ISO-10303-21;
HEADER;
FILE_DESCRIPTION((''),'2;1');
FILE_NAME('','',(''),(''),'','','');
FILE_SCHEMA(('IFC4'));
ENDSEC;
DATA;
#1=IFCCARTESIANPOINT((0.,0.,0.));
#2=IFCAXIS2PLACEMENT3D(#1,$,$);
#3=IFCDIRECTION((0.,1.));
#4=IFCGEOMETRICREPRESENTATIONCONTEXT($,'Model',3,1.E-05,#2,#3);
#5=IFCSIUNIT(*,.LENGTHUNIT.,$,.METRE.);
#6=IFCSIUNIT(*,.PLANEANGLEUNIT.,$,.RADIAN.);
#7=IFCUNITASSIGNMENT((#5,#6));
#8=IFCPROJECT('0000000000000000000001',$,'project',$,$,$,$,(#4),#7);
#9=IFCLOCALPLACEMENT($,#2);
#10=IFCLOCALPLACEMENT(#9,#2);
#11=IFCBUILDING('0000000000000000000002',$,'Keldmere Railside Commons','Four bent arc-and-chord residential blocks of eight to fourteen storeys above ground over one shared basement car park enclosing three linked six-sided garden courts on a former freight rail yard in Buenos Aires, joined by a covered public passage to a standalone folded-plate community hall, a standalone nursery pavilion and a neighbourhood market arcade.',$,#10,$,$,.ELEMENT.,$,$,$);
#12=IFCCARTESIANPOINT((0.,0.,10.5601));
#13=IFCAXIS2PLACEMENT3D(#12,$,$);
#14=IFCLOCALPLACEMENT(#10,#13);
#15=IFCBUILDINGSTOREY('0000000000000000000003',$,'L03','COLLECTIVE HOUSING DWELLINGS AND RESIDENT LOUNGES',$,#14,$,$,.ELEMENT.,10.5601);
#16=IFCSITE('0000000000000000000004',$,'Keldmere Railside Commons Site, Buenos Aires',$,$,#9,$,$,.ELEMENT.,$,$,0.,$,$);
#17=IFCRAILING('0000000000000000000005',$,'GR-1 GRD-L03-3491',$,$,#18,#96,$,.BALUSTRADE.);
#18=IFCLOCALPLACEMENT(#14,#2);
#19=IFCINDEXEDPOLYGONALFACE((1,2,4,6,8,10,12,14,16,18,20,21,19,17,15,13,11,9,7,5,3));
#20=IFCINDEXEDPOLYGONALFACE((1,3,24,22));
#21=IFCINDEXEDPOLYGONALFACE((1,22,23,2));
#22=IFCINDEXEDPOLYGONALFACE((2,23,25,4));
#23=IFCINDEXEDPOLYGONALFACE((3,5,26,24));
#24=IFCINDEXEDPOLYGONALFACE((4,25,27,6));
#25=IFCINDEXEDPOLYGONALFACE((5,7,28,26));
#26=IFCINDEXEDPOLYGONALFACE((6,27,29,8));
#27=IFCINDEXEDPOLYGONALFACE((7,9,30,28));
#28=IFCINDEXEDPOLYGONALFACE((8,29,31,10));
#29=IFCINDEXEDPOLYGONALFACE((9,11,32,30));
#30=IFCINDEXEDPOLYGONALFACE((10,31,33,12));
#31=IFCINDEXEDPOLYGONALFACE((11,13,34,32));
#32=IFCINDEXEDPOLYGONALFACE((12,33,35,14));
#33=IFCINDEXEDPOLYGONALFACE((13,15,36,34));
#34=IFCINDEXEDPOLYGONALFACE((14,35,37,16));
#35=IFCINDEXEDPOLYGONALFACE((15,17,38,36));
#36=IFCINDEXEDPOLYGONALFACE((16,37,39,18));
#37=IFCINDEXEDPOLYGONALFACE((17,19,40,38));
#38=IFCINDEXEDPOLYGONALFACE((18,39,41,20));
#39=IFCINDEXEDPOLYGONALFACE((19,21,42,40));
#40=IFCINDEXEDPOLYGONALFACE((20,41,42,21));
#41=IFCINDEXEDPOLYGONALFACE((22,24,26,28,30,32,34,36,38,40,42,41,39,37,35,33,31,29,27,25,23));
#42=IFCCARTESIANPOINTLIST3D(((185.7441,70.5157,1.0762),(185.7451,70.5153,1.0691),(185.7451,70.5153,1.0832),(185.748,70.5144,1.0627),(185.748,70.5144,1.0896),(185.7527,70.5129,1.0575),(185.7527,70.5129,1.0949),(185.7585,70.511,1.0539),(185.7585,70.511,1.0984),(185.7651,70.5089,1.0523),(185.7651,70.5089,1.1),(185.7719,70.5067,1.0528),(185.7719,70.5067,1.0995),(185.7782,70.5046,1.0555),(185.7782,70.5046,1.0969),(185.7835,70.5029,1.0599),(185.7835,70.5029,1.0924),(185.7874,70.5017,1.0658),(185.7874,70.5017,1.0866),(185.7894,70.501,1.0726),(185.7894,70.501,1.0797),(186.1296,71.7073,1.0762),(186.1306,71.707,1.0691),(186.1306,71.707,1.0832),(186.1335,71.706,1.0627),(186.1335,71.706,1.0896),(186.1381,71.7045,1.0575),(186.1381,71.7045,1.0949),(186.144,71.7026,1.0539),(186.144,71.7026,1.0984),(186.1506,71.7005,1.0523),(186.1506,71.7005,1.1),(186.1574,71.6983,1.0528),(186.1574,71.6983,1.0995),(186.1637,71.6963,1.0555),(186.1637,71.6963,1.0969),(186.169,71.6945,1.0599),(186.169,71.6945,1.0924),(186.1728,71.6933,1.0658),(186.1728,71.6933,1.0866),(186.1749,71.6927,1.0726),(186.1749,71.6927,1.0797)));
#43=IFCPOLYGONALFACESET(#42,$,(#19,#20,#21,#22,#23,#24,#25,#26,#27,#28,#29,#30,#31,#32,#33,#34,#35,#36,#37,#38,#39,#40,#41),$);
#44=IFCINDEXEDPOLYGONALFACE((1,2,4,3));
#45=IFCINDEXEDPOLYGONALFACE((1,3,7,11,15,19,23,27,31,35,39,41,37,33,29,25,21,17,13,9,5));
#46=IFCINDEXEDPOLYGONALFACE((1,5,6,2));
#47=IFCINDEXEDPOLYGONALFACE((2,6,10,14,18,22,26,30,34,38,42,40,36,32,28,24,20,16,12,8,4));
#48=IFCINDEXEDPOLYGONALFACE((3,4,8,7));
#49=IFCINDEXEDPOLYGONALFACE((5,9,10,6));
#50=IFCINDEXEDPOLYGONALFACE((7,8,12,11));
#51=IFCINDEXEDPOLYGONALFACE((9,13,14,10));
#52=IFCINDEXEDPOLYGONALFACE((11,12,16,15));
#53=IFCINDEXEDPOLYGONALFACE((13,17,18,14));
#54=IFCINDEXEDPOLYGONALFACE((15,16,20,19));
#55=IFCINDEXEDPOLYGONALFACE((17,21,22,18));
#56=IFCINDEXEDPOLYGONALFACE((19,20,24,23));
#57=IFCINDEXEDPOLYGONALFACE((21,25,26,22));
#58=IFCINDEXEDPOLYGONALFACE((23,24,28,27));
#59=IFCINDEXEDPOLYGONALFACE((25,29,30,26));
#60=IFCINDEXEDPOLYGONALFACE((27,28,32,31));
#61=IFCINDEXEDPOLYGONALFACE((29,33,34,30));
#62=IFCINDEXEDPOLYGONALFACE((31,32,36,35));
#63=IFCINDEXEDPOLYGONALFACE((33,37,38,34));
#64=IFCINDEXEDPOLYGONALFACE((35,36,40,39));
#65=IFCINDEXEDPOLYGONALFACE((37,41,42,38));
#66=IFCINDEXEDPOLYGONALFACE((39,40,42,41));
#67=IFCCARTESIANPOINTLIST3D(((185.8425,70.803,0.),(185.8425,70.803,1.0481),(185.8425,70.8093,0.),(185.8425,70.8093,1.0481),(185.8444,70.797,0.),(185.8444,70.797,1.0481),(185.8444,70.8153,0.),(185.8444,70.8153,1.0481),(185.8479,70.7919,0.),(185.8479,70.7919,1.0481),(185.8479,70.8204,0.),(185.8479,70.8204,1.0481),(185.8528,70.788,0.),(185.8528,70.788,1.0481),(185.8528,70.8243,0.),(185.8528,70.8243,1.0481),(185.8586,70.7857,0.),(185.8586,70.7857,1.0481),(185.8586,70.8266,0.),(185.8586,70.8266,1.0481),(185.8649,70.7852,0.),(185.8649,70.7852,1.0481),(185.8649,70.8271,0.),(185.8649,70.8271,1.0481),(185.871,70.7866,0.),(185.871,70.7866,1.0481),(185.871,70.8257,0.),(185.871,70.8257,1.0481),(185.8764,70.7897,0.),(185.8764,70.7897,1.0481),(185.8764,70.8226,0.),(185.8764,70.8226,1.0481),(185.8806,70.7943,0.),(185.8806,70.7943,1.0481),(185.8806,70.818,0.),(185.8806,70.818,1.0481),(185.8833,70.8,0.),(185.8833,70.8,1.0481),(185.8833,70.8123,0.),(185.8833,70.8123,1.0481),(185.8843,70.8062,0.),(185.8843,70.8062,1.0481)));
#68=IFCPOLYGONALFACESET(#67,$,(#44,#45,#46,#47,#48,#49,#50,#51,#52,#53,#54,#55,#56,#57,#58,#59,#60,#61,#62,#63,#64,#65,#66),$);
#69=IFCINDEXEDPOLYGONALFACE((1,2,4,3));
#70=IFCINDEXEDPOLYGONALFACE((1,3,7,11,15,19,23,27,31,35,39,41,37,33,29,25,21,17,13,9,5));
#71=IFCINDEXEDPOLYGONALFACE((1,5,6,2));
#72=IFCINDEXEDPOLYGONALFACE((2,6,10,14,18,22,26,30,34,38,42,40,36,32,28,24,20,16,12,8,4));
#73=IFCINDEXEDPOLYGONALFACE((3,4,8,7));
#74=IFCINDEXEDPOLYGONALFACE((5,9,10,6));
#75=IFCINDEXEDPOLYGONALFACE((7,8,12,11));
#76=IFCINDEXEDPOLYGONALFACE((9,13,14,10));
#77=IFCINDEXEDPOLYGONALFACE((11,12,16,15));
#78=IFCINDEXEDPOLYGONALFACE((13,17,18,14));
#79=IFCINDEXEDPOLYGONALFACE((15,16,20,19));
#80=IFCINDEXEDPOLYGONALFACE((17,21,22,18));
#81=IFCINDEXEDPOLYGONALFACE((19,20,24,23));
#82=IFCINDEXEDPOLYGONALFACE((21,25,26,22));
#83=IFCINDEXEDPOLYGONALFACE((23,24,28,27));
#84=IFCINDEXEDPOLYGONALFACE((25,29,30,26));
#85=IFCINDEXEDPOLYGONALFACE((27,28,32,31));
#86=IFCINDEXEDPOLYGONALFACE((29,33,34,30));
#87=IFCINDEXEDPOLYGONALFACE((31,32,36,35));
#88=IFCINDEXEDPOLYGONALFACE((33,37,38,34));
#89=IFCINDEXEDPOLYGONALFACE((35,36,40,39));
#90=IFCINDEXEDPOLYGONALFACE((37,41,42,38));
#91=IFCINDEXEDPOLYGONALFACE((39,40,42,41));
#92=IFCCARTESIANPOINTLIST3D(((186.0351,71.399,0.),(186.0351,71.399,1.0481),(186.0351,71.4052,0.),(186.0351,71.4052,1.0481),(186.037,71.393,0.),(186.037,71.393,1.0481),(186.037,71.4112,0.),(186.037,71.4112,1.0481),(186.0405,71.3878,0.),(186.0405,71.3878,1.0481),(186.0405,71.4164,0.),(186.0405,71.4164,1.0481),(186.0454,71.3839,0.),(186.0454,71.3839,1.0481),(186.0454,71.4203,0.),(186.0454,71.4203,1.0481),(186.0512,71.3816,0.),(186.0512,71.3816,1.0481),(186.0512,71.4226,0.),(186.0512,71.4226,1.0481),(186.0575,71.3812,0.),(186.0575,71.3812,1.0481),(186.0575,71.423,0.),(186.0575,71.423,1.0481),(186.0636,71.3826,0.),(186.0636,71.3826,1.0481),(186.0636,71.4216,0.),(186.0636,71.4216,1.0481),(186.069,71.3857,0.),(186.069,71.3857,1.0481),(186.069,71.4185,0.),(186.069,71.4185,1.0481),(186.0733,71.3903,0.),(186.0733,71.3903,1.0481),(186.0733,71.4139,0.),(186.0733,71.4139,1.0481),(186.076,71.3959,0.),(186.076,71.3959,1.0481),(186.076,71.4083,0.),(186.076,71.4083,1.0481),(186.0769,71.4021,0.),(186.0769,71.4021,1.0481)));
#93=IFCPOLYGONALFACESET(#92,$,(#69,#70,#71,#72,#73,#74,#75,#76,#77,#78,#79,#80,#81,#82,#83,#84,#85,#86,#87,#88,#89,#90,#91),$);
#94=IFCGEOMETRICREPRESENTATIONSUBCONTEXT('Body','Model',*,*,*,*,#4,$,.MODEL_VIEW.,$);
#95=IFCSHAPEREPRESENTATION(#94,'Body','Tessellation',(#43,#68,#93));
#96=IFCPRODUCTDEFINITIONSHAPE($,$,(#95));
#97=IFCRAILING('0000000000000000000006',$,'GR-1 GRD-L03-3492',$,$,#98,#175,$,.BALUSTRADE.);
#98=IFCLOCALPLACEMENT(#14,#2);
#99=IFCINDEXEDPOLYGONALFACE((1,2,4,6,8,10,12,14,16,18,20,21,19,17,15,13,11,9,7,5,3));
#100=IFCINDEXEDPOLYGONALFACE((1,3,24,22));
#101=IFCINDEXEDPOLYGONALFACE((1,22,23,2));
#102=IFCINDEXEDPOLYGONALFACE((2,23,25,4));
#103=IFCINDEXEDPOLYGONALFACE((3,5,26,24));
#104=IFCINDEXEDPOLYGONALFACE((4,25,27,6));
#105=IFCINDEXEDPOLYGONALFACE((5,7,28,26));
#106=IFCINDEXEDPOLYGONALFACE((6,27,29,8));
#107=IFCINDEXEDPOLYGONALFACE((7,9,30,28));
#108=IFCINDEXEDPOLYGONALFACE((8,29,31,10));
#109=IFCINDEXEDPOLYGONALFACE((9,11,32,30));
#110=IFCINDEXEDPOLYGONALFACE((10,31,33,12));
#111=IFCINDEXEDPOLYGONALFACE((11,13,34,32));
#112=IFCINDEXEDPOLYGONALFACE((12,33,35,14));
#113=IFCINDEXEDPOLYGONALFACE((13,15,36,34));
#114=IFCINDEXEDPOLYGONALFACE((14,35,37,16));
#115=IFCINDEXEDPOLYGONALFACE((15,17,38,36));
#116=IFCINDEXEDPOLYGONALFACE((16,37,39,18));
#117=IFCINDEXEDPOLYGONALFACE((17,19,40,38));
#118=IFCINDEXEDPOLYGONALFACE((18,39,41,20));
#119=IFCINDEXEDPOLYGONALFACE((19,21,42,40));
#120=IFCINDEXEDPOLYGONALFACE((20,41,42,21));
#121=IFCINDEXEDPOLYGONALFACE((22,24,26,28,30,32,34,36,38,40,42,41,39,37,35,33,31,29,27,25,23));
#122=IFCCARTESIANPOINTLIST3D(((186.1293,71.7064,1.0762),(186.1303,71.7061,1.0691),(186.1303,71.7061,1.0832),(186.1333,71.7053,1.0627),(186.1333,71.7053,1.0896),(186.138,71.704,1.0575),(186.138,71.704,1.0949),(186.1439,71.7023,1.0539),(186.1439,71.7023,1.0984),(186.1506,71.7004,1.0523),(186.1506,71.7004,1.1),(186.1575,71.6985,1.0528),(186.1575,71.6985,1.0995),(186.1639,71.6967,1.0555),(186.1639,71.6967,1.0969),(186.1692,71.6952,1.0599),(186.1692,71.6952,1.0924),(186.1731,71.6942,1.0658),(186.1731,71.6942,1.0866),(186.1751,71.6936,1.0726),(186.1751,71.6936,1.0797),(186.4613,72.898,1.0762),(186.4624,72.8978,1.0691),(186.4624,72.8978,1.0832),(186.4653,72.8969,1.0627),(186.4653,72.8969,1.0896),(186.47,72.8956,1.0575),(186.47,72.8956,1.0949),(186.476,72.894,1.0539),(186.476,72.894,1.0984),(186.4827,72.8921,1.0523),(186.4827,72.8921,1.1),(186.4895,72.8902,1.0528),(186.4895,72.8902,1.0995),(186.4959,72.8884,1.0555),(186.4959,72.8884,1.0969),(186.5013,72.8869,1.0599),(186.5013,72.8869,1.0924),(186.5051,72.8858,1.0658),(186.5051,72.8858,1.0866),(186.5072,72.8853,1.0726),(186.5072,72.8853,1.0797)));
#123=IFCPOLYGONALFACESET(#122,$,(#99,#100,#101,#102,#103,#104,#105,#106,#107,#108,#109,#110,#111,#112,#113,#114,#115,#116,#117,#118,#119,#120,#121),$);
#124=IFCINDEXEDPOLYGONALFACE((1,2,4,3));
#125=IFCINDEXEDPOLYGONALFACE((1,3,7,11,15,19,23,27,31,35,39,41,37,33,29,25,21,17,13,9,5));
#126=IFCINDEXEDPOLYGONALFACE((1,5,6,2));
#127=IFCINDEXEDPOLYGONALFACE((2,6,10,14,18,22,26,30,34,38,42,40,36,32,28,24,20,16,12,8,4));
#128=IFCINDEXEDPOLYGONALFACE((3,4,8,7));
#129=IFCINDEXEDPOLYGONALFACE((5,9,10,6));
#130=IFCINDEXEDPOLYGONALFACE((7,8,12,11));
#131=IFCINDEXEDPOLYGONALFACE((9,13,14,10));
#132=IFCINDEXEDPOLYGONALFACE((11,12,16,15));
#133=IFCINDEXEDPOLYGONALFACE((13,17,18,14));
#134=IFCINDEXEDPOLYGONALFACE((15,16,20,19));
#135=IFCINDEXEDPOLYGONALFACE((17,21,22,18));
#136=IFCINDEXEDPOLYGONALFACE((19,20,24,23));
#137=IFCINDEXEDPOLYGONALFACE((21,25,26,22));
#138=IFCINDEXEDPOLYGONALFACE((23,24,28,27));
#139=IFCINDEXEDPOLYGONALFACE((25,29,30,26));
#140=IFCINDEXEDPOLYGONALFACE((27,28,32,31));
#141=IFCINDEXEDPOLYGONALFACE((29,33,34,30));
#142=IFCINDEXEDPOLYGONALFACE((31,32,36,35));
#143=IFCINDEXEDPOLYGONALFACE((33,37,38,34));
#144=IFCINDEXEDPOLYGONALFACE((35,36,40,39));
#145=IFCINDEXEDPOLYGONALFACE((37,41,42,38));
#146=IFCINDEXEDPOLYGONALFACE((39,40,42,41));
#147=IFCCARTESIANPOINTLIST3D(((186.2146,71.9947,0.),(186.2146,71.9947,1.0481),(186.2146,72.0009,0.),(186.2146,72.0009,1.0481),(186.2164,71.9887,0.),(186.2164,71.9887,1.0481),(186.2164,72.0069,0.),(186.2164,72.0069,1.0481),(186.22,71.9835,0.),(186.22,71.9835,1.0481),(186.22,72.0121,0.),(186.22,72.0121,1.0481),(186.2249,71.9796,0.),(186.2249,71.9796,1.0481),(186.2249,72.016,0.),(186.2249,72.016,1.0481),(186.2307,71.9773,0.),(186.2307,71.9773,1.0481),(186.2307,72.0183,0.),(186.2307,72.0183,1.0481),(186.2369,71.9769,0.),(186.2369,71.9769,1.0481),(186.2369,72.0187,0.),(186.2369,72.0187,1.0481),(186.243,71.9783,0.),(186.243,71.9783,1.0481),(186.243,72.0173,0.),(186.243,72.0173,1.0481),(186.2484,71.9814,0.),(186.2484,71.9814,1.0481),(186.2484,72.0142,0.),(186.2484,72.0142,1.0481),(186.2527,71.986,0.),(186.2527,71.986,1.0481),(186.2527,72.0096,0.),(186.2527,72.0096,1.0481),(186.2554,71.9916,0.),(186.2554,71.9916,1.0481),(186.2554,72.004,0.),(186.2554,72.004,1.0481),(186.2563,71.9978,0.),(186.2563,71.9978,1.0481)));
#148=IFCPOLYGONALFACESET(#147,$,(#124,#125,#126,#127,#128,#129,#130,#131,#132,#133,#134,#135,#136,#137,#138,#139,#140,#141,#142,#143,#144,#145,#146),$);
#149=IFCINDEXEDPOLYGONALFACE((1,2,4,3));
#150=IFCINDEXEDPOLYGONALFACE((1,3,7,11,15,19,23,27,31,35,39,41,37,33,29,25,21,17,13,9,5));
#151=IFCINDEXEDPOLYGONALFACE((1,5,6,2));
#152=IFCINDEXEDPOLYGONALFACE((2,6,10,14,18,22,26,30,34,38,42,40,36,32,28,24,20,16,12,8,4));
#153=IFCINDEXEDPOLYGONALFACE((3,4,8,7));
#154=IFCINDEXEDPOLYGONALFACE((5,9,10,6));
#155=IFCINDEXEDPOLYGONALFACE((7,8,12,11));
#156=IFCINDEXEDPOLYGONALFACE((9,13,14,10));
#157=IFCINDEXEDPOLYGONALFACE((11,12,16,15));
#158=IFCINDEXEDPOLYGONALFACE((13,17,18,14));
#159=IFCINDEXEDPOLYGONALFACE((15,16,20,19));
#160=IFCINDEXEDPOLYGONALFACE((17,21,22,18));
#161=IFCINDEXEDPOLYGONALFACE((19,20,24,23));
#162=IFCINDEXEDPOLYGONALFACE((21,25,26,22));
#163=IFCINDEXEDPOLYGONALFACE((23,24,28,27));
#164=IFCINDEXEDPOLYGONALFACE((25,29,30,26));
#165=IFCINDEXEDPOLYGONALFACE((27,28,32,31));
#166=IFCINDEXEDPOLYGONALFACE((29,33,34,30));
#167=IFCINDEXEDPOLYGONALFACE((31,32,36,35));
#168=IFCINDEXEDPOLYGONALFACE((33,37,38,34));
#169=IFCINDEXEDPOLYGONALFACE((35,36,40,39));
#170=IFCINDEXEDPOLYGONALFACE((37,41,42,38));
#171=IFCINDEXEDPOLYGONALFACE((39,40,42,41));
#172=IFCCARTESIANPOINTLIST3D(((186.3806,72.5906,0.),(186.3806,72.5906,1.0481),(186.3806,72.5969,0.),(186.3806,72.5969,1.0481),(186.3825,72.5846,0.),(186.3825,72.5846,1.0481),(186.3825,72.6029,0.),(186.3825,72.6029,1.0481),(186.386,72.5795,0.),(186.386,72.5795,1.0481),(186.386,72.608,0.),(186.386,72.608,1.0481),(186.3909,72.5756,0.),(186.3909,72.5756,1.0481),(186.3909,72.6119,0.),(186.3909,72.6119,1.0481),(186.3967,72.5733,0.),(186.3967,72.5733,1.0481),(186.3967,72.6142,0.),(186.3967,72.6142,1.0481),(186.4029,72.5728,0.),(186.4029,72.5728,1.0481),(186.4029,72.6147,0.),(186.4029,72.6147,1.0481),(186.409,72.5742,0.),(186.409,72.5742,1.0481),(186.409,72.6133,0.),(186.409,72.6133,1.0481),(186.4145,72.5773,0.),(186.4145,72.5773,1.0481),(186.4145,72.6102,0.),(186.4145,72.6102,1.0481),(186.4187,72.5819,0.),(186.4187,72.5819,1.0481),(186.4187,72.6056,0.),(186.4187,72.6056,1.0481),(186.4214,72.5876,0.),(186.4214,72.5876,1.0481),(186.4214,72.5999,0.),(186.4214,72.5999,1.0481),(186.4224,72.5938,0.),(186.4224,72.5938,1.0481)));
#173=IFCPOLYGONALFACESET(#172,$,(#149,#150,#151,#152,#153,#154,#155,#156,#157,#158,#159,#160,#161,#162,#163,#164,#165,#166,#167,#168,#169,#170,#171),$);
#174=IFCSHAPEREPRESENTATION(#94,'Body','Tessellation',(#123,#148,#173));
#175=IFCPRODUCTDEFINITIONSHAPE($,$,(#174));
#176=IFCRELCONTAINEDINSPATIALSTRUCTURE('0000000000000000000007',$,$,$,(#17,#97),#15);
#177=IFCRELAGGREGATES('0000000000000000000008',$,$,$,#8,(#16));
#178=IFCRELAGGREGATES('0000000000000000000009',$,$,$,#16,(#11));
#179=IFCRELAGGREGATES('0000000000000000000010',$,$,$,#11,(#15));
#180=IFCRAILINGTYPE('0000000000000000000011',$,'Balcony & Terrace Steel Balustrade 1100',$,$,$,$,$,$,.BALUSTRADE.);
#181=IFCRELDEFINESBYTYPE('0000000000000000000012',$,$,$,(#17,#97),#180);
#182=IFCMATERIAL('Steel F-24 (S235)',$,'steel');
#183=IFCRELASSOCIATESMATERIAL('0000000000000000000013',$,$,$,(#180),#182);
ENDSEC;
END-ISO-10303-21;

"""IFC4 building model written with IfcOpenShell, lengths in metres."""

from ifc_helpers import new_model, si_unit, direction, frame, origin, origin_2d, place, context, subcontext, project, spatial, circle, extrude, material, type_object, element, save


model = new_model("IFC4")

# Units and contexts
model_context = context("Model", 3, precision=1e-05, world=origin(), true_north=direction((0.0, 1.0)))
body_context = subcontext(model_context, "Body", "Model", "MODEL_VIEW")
ifc_project = project(units=[si_unit("LENGTHUNIT", "METRE"), si_unit("PLANEANGLEUNIT", "RADIAN")], contexts=[model_context])

# Site, building, storey
site_placement = place(None, origin())
site = spatial("IfcSite", under=ifc_project, at=site_placement, Name="Keldmere Railside Commons Site, Buenos Aires", CompositionType="ELEMENT", RefElevation=0.0)
building_placement = place(site_placement, origin())
building = spatial("IfcBuilding", under=site, at=building_placement, Name="Keldmere Railside Commons", Description="Four bent arc-and-chord residential blocks of eight to fourteen storeys above ground over one shared basement car park enclosing three linked six-sided garden courts on a former freight rail yard in Buenos Aires, joined by a covered public passage to a standalone folded-plate community hall, a standalone nursery pavilion and a neighbourhood market arcade.", CompositionType="ELEMENT")
storey_placement = place(building_placement, frame((0.0, 0.0, 10.5601)))
storey = spatial("IfcBuildingStorey", under=building, at=storey_placement, Name="L03", Description="COLLECTIVE HOUSING DWELLINGS AND RESIDENT LOUNGES", CompositionType="ELEMENT", Elevation=10.5601)

# Railings
ifc_material_1 = material(Name="Steel F-24 (S235)", Category="steel")
railing_type_1 = type_object("IfcRailingType", Name="Balcony & Terrace Steel Balustrade 1100", PredefinedType="BALUSTRADE", material=ifc_material_1)
railing_1_placement = place(storey_placement, frame((185.7668, 70.5083, 0.0)))
element("IfcRailing", 1, at=railing_1_placement, inside=storey, type_object=railing_type_1, Name="GR-1 GRD-L03-3491", PredefinedType="BALUSTRADE", context=body_context, shape_type="SweptSolid", body=[
    extrude(circle(Radius=0.0239, at=origin_2d()), frame((0.0, 0.0, 1.0762), z_axis=(0.307794, 0.951453, 0.0), x_axis=(-0.951453, 0.307794, 0.0)), (0.0, 0.0, 1.0), 1.2524),
    extrude(circle(Radius=0.021, at=origin_2d()), frame((0.0964, 0.2979, 0.0)), (0.0, 0.0, 1.0), 1.0481),
    extrude(circle(Radius=0.021, at=origin_2d()), frame((0.2891, 0.8938, 0.0)), (0.0, 0.0, 1.0), 1.0481),
])
railing_2_placement = place(storey_placement, frame((186.1523, 71.7, 0.0)))
element("IfcRailing", 2, at=railing_2_placement, inside=storey, type_object=railing_type_1, Name="GR-1 GRD-L03-3492", PredefinedType="BALUSTRADE", context=body_context, shape_type="SweptSolid", body=[
    extrude(circle(Radius=0.0239, at=origin_2d()), frame((0.0, 0.0, 1.0762), z_axis=(0.268407, 0.963306, 0.0), x_axis=(-0.963306, 0.268407, 0.0)), (0.0, 0.0, 1.0), 1.2371),
    extrude(circle(Radius=0.021, at=origin_2d()), frame((0.083, 0.2979, 0.0)), (0.0, 0.0, 1.0), 1.0481),
    extrude(circle(Radius=0.021, at=origin_2d()), frame((0.249, 0.8938, 0.0)), (0.0, 0.0, 1.0), 1.0481),
])

save(model, "model.ifc")
